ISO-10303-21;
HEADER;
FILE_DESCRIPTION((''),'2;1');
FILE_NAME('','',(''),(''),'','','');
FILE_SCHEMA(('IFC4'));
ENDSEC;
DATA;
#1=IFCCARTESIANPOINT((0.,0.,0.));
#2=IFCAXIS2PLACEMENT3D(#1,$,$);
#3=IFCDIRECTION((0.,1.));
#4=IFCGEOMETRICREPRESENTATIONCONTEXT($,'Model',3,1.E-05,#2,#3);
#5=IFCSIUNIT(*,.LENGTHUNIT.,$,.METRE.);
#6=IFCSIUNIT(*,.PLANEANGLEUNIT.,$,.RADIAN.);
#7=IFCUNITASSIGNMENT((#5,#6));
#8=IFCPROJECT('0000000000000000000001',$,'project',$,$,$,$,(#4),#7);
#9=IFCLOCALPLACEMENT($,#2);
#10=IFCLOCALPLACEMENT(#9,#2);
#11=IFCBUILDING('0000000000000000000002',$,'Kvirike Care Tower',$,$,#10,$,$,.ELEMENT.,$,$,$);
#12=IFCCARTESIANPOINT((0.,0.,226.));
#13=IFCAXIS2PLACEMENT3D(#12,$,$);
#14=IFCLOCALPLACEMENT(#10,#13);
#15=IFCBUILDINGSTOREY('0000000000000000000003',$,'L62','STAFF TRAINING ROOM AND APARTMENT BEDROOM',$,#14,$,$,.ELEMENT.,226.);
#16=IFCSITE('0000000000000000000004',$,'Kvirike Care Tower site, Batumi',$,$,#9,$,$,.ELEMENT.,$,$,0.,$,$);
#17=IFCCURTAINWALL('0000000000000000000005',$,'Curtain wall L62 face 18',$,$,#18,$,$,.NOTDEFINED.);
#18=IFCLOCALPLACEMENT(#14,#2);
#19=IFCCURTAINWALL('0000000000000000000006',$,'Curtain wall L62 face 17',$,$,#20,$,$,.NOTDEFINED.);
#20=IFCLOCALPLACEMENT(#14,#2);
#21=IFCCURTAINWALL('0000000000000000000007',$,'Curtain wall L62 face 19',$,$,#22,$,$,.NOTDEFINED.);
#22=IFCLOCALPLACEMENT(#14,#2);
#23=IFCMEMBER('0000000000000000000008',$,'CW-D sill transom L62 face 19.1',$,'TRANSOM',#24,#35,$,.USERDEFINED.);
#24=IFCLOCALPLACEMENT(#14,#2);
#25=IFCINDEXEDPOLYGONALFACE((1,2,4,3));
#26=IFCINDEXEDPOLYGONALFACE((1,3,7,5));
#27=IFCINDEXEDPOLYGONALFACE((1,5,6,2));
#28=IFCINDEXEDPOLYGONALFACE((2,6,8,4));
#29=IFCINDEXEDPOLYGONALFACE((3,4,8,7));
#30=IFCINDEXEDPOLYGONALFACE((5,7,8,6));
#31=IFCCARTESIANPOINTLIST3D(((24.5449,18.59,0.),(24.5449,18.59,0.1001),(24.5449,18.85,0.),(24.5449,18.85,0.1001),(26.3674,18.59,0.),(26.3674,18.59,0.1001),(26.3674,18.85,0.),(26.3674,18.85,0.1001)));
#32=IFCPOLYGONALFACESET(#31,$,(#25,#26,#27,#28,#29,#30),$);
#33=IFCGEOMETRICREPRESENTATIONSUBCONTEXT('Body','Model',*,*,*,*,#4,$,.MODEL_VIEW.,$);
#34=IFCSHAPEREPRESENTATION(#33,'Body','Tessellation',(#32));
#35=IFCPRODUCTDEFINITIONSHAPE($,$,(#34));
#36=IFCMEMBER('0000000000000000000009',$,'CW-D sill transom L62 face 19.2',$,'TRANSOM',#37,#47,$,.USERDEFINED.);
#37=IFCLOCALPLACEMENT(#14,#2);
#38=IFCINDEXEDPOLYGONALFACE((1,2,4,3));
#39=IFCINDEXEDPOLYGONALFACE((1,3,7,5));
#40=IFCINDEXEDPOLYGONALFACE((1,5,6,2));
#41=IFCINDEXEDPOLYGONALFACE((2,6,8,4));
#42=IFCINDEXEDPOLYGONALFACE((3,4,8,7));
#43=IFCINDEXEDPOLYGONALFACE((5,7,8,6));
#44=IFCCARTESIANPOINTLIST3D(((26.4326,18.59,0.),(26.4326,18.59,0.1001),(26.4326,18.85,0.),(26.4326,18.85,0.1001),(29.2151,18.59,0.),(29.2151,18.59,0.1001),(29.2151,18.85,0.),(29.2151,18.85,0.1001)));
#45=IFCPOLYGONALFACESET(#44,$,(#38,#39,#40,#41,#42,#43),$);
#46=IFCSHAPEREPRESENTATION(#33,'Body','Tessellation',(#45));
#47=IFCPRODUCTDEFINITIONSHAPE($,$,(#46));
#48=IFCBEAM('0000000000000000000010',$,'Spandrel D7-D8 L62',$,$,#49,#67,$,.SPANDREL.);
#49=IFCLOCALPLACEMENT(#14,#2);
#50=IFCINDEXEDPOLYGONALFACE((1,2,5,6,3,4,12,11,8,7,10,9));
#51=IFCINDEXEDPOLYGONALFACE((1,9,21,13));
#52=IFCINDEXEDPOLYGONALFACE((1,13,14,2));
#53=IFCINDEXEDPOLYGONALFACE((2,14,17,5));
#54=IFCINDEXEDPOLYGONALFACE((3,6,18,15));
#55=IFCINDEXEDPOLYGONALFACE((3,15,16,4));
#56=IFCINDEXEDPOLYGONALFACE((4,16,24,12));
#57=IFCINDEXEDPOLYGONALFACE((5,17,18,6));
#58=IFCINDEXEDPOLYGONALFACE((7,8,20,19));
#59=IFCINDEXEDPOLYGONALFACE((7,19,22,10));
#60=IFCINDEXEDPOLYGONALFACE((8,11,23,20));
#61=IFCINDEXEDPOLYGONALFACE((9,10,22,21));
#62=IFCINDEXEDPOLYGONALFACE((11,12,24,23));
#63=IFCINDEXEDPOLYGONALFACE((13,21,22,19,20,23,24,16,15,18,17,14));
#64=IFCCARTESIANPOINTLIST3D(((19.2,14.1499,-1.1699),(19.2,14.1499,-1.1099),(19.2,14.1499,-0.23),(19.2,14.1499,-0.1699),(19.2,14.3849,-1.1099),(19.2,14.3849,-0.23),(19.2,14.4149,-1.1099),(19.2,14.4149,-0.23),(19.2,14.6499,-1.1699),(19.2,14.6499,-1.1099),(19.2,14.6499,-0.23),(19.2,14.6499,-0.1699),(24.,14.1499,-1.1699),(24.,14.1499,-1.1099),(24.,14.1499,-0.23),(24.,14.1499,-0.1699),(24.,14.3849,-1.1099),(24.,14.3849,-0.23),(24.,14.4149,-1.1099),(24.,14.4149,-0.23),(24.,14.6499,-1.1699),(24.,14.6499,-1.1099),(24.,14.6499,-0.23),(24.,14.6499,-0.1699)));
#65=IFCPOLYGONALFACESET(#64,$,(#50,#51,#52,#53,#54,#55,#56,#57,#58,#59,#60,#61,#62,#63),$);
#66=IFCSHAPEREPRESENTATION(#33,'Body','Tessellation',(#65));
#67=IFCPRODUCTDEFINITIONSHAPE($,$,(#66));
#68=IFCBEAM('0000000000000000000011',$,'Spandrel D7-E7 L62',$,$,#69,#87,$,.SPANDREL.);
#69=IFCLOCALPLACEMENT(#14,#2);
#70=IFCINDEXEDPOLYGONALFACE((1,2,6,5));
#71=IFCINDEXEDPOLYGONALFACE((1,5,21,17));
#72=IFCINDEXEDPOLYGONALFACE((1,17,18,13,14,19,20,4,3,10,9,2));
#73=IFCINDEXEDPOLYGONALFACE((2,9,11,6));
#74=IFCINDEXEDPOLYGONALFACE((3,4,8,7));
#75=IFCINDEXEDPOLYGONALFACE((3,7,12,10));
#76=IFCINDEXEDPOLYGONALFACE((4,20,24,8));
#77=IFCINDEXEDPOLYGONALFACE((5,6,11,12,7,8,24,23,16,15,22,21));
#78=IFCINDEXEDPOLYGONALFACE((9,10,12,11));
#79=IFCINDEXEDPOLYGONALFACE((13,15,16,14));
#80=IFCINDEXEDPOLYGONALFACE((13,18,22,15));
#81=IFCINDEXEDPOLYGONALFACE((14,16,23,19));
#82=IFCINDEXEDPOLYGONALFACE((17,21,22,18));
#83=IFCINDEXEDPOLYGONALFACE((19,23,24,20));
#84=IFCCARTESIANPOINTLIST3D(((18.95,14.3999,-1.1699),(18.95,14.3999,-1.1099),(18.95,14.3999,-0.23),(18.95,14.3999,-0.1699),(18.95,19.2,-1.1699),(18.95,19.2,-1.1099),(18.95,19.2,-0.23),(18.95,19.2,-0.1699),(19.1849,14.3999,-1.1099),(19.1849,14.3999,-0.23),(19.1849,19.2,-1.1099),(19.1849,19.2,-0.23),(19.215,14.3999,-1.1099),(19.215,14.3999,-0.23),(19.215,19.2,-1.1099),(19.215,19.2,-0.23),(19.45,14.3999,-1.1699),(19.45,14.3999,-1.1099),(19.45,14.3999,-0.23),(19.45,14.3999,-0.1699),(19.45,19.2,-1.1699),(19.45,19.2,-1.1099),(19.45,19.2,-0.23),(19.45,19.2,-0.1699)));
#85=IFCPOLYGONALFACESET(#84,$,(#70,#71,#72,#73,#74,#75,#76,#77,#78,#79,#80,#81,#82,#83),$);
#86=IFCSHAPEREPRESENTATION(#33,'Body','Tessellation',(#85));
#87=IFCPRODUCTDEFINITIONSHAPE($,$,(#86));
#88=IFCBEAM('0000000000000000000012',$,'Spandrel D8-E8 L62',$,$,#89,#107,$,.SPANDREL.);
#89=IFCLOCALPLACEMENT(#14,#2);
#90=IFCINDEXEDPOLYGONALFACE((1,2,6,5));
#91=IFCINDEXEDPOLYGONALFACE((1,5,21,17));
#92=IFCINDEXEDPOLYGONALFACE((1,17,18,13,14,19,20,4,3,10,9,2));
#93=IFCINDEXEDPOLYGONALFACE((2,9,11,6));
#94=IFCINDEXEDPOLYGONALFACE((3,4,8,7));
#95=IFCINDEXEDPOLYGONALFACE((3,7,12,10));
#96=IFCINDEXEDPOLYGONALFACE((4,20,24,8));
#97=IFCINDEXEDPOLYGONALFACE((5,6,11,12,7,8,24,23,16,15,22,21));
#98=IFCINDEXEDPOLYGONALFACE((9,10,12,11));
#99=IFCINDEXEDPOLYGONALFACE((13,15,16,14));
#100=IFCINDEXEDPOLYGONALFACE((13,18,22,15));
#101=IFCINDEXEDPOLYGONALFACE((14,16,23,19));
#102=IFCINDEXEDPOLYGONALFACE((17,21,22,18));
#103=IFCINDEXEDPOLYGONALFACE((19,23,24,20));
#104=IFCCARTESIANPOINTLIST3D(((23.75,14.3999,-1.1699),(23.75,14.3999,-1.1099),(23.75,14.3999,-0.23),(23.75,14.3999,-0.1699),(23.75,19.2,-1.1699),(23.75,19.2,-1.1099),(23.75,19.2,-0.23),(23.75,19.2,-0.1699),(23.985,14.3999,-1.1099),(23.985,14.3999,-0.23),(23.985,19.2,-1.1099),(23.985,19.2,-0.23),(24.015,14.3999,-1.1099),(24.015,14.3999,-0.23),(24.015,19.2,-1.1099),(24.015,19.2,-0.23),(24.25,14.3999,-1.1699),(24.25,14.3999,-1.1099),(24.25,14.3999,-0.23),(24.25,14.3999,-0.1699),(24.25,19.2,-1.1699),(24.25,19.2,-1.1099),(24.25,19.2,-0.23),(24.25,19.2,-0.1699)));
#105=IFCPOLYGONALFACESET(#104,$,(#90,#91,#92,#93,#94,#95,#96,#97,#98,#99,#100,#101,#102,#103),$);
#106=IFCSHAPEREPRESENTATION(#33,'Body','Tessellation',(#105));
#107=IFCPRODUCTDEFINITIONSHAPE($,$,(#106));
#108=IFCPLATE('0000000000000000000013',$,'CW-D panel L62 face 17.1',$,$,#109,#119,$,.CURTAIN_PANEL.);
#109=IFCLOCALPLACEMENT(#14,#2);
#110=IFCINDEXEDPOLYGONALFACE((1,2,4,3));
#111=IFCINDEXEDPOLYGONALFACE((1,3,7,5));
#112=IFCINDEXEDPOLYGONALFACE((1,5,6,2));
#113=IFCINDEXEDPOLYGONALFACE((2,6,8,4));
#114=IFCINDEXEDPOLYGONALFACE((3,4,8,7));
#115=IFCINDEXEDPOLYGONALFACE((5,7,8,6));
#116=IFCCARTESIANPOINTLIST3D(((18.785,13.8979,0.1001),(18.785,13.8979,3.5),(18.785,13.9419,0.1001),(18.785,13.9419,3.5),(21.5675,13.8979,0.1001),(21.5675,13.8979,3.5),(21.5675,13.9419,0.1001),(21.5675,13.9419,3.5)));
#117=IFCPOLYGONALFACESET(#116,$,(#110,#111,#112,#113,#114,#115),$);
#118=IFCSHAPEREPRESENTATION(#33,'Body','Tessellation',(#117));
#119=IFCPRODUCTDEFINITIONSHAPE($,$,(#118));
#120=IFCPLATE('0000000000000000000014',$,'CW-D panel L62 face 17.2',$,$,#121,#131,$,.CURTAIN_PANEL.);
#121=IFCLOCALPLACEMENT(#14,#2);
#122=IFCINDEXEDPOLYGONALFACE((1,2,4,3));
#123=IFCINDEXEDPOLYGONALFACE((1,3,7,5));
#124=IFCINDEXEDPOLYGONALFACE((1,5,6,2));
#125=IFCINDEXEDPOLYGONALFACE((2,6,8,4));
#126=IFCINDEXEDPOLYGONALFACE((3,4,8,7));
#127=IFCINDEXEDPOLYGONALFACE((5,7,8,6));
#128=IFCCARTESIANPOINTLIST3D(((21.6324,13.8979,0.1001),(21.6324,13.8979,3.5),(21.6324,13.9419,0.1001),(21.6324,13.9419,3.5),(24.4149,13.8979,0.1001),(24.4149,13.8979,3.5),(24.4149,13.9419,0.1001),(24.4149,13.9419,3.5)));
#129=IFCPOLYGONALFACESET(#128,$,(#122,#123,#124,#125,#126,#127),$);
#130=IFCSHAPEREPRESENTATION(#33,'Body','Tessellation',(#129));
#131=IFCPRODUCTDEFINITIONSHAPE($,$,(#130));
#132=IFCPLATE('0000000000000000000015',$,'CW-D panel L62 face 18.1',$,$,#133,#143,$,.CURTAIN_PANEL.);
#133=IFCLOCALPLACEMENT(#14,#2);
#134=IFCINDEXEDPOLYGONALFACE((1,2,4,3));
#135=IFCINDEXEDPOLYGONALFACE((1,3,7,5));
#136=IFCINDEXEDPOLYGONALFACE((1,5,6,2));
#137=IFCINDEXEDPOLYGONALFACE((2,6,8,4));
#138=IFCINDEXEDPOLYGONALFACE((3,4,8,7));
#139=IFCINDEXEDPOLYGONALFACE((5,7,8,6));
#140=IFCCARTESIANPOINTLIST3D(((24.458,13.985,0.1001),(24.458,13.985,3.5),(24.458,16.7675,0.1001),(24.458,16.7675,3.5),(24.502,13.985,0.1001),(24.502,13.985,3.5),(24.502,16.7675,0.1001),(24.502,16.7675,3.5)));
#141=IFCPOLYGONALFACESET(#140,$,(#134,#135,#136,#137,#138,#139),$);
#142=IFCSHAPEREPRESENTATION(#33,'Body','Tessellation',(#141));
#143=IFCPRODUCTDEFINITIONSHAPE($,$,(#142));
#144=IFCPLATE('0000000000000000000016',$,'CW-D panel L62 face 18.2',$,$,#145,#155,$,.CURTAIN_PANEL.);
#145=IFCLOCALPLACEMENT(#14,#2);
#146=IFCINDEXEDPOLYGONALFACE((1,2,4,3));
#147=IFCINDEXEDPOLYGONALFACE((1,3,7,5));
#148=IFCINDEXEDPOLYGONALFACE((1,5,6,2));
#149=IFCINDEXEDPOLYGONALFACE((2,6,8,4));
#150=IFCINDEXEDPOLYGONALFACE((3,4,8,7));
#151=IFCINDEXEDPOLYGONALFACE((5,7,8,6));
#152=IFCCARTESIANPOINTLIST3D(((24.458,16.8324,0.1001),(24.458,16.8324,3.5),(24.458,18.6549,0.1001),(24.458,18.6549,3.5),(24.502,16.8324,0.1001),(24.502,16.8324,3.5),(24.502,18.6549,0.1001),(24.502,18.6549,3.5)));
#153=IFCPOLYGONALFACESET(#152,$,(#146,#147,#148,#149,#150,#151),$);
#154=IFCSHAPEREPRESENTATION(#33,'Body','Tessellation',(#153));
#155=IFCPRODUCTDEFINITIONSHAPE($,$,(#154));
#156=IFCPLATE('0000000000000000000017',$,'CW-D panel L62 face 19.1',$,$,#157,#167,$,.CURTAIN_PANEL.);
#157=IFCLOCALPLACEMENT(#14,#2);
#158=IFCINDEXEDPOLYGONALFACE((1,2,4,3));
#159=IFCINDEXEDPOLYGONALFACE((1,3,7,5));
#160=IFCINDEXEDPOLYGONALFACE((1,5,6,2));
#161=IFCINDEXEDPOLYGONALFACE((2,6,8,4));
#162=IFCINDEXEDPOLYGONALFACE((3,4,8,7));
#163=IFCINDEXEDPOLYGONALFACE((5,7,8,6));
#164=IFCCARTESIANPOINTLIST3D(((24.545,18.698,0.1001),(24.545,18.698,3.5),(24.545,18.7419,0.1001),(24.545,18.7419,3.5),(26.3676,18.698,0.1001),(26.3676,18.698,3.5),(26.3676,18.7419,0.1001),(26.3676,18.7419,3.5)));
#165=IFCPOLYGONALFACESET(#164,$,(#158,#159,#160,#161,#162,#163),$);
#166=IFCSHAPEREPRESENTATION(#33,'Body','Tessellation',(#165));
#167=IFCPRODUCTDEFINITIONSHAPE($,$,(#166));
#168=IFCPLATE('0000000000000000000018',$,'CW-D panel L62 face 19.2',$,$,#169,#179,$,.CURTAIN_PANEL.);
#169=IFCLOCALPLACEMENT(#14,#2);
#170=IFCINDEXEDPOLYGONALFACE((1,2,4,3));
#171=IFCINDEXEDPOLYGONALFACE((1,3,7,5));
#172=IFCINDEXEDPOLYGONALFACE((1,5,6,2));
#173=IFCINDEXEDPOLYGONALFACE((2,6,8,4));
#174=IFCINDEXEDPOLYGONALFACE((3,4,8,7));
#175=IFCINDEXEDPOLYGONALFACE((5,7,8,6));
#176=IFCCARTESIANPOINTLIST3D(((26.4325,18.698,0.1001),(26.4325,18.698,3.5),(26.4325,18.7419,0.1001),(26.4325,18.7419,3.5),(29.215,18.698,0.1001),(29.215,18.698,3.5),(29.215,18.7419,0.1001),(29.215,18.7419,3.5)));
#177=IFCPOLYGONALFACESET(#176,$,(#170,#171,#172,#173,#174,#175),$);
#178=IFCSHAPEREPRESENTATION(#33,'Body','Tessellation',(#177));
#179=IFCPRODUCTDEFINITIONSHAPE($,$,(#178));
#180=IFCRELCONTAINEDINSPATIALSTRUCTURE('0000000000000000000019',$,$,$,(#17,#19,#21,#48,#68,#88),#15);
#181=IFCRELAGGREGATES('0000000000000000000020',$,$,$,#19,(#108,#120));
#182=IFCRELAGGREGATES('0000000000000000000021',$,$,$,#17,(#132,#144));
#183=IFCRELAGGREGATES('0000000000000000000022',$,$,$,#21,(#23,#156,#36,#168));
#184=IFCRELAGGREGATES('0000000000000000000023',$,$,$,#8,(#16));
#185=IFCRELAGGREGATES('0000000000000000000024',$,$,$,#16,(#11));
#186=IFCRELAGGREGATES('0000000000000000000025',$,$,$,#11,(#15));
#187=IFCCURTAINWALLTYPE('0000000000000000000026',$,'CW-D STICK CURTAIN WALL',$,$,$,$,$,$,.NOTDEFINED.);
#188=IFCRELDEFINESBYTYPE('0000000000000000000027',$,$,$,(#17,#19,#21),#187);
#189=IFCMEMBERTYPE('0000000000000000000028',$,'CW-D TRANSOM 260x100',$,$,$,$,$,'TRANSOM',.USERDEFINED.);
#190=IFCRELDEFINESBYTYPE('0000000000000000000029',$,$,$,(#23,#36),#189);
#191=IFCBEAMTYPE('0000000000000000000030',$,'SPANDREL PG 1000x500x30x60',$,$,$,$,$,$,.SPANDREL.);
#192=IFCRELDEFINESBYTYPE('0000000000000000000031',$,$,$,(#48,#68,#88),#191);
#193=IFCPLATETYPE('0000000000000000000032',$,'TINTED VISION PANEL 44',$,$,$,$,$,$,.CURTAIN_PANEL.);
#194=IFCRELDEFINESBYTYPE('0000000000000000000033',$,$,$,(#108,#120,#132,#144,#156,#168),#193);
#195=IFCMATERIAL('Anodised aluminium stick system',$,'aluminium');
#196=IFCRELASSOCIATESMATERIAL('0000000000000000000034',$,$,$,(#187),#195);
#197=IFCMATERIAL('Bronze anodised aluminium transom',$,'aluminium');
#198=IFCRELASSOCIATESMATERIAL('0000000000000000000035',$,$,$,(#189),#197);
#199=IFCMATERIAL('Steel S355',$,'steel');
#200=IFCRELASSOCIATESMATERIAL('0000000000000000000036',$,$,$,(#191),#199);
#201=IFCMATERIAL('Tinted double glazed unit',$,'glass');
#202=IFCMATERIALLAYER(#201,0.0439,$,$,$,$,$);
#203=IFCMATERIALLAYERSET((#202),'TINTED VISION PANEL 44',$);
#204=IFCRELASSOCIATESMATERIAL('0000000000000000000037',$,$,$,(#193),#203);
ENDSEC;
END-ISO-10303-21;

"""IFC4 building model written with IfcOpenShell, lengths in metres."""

from ifc_helpers import new_model, si_unit, direction, frame, origin, origin_2d, place, context, subcontext, project, spatial, rectangle, i_section, extrude, material, layer, layer_set, material_profile, profile_set, type_object, element, aggregate, save


model = new_model("IFC4")

# Units and contexts
model_context = context("Model", 3, precision=1e-05, world=origin(), true_north=direction((0.0, 1.0)))
body_context = subcontext(model_context, "Body", "Model", "MODEL_VIEW")
ifc_project = project(units=[si_unit("LENGTHUNIT", "METRE"), si_unit("PLANEANGLEUNIT", "RADIAN")], contexts=[model_context])

# Site, building, storey
site_placement = place(None, origin())
site = spatial("IfcSite", under=ifc_project, at=site_placement, Name="Kvirike Care Tower site, Batumi", CompositionType="ELEMENT", RefElevation=0.0)
building_placement = place(site_placement, origin())
building = spatial("IfcBuilding", under=site, at=building_placement, Name="Kvirike Care Tower", CompositionType="ELEMENT")
storey_placement = place(building_placement, frame((0.0, 0.0, 226.0)))
storey = spatial("IfcBuildingStorey", under=building, at=storey_placement, Name="L62", Description="STAFF TRAINING ROOM AND APARTMENT BEDROOM", CompositionType="ELEMENT", Elevation=226.0)

# Curtain wall
ifc_material_1 = material(Name="Anodised aluminium stick system", Category="aluminium")
curtain_wall_type = type_object("IfcCurtainWallType", Name="CW-D STICK CURTAIN WALL", PredefinedType="NOTDEFINED", material=ifc_material_1)
curtain_wall_1_placement = place(storey_placement, origin())
curtain_wall_1 = element("IfcCurtainWall", 1, at=curtain_wall_1_placement, inside=storey, type_object=curtain_wall_type, Name="Curtain wall L62 face 18", PredefinedType="NOTDEFINED")

# Curtain wall
curtain_wall_2_placement = place(storey_placement, origin())
curtain_wall_2 = element("IfcCurtainWall", 2, at=curtain_wall_2_placement, inside=storey, type_object=curtain_wall_type, Name="Curtain wall L62 face 17", PredefinedType="NOTDEFINED")

# Curtain wall
curtain_wall_3_placement = place(storey_placement, origin())
curtain_wall_3 = element("IfcCurtainWall", 3, at=curtain_wall_3_placement, inside=storey, type_object=curtain_wall_type, Name="Curtain wall L62 face 19", PredefinedType="NOTDEFINED")

# Members
ifc_material_2 = material(Name="Bronze anodised aluminium transom", Category="aluminium")
ifc_material_profile_1 = material_profile(ifc_material_2, rectangle(XDim=0.26, YDim=0.1001, at=origin_2d()), Name="CW-D TRANSOM 260x100")
ifc_profile_set_1 = profile_set([ifc_material_profile_1], Name="Bronze anodised aluminium transom")
member_type_1 = type_object("IfcMemberType", Name="CW-D TRANSOM 260x100", ElementType="TRANSOM", PredefinedType="USERDEFINED", material=ifc_profile_set_1)
member_1_placement = place(storey_placement, frame((24.5449, 18.72, 0.05), z_axis=(1.0, 0.0, 0.0), x_axis=(0.0, 1.0, 0.0)))
member_1 = element("IfcMember", 4, at=member_1_placement, type_object=member_type_1, Name="CW-D sill transom L62 face 19.1", ObjectType="TRANSOM", PredefinedType="USERDEFINED", context=body_context, shape_type="SweptSolid", body=[
    extrude(rectangle(XDim=0.26, YDim=0.1001, at=origin_2d()), origin(), (0.0, 0.0, 1.0), 1.8225),
])
member_2_placement = place(storey_placement, frame((26.4326, 18.72, 0.05), z_axis=(1.0, 0.0, 0.0), x_axis=(0.0, 1.0, 0.0)))
member_2 = element("IfcMember", 5, at=member_2_placement, type_object=member_type_1, Name="CW-D sill transom L62 face 19.2", ObjectType="TRANSOM", PredefinedType="USERDEFINED", context=body_context, shape_type="SweptSolid", body=[
    extrude(rectangle(XDim=0.26, YDim=0.1001, at=origin_2d()), origin(), (0.0, 0.0, 1.0), 2.7825),
])

# Beams
ifc_material_3 = material(Name="Steel S355", Category="steel")
ifc_material_profile_2 = material_profile(ifc_material_3, i_section(OverallWidth=0.5, OverallDepth=1.0, WebThickness=0.03, FlangeThickness=0.0601, at=origin_2d()), Name="PG 1000x500x30x60")
ifc_profile_set_2 = profile_set([ifc_material_profile_2], Name="Steel S355")
beam_type = type_object("IfcBeamType", Name="SPANDREL PG 1000x500x30x60", PredefinedType="SPANDREL", material=ifc_profile_set_2)
for number, where, z_axis, x_axis, name in (
    (6, (19.2, 14.3999, -0.6699), (1.0, 0.0, 0.0), (0.0, 1.0, 0.0), "Spandrel D7-D8 L62"),
    (7, (19.2, 14.3999, -0.6699), (0.0, 1.0, 0.0), (-1.0, 0.0, 0.0), "Spandrel D7-E7 L62"),
    (8, (24.0, 14.3999, -0.6699), (0.0, 1.0, 0.0), (-1.0, 0.0, 0.0), "Spandrel D8-E8 L62"),
):
    element("IfcBeam", number, at=place(storey_placement, frame(where, z_axis=z_axis, x_axis=x_axis)), inside=storey, type_object=beam_type, Name=name, PredefinedType="SPANDREL", context=body_context, shape_type="SweptSolid", body=[
        extrude(i_section(OverallWidth=0.5, OverallDepth=1.0, WebThickness=0.03, FlangeThickness=0.0601, at=origin_2d()), origin(), (0.0, 0.0, 1.0), 4.8),
    ])

# Plates
ifc_material_4 = material(Name="Tinted double glazed unit", Category="glass")
ifc_layer = layer(ifc_material_4, 0.0439)
ifc_layer_set = layer_set([ifc_layer], Name="TINTED VISION PANEL 44")
plate_type = type_object("IfcPlateType", Name="TINTED VISION PANEL 44", PredefinedType="CURTAIN_PANEL", material=ifc_layer_set)
plate_1_placement = place(storey_placement, frame((20.1763, 13.9199, 0.1001), z_axis=(0.0, 0.0, 1.0), x_axis=(1.0, 0.0, 0.0)))
plate_1 = element("IfcPlate", 9, at=plate_1_placement, type_object=plate_type, Name="CW-D panel L62 face 17.1", PredefinedType="CURTAIN_PANEL", context=body_context, shape_type="SweptSolid", body=[
    extrude(rectangle(XDim=2.7825, YDim=0.0439, at=origin_2d()), origin(), (0.0, 0.0, 1.0), 3.3999),
])
plate_2_placement = place(storey_placement, frame((23.0237, 13.9199, 0.1001), z_axis=(0.0, 0.0, 1.0), x_axis=(1.0, 0.0, 0.0)))
plate_2 = element("IfcPlate", 10, at=plate_2_placement, type_object=plate_type, Name="CW-D panel L62 face 17.2", PredefinedType="CURTAIN_PANEL", context=body_context, shape_type="SweptSolid", body=[
    extrude(rectangle(XDim=2.7825, YDim=0.0439, at=origin_2d()), origin(), (0.0, 0.0, 1.0), 3.3999),
])
aggregate(curtain_wall_2, [plate_1, plate_2])
plate_3_placement = place(storey_placement, frame((24.48, 15.3762, 0.1001), z_axis=(0.0, 0.0, 1.0), x_axis=(0.0, 1.0, 0.0)))
plate_3 = element("IfcPlate", 11, at=plate_3_placement, type_object=plate_type, Name="CW-D panel L62 face 18.1", PredefinedType="CURTAIN_PANEL", context=body_context, shape_type="SweptSolid", body=[
    extrude(rectangle(XDim=2.7825, YDim=0.0439, at=origin_2d()), origin(), (0.0, 0.0, 1.0), 3.3999),
])
plate_4_placement = place(storey_placement, frame((24.48, 17.7437, 0.1001), z_axis=(0.0, 0.0, 1.0), x_axis=(0.0, 1.0, 0.0)))
plate_4 = element("IfcPlate", 12, at=plate_4_placement, type_object=plate_type, Name="CW-D panel L62 face 18.2", PredefinedType="CURTAIN_PANEL", context=body_context, shape_type="SweptSolid", body=[
    extrude(rectangle(XDim=1.8225, YDim=0.0439, at=origin_2d()), origin(), (0.0, 0.0, 1.0), 3.3999),
])
aggregate(curtain_wall_1, [plate_3, plate_4])
plate_5_placement = place(storey_placement, frame((25.4563, 18.72, 0.1001), z_axis=(0.0, 0.0, 1.0), x_axis=(1.0, 0.0, 0.0)))
plate_5 = element("IfcPlate", 13, at=plate_5_placement, type_object=plate_type, Name="CW-D panel L62 face 19.1", PredefinedType="CURTAIN_PANEL", context=body_context, shape_type="SweptSolid", body=[
    extrude(rectangle(XDim=1.8225, YDim=0.0439, at=origin_2d()), origin(), (0.0, 0.0, 1.0), 3.3999),
])
plate_6_placement = place(storey_placement, frame((27.8237, 18.72, 0.1001), z_axis=(0.0, 0.0, 1.0), x_axis=(1.0, 0.0, 0.0)))
plate_6 = element("IfcPlate", 14, at=plate_6_placement, type_object=plate_type, Name="CW-D panel L62 face 19.2", PredefinedType="CURTAIN_PANEL", context=body_context, shape_type="SweptSolid", body=[
    extrude(rectangle(XDim=2.7825, YDim=0.0439, at=origin_2d()), origin(), (0.0, 0.0, 1.0), 3.3999),
])
aggregate(curtain_wall_3, [member_1, plate_5, member_2, plate_6])

save(model, "model.ifc")
